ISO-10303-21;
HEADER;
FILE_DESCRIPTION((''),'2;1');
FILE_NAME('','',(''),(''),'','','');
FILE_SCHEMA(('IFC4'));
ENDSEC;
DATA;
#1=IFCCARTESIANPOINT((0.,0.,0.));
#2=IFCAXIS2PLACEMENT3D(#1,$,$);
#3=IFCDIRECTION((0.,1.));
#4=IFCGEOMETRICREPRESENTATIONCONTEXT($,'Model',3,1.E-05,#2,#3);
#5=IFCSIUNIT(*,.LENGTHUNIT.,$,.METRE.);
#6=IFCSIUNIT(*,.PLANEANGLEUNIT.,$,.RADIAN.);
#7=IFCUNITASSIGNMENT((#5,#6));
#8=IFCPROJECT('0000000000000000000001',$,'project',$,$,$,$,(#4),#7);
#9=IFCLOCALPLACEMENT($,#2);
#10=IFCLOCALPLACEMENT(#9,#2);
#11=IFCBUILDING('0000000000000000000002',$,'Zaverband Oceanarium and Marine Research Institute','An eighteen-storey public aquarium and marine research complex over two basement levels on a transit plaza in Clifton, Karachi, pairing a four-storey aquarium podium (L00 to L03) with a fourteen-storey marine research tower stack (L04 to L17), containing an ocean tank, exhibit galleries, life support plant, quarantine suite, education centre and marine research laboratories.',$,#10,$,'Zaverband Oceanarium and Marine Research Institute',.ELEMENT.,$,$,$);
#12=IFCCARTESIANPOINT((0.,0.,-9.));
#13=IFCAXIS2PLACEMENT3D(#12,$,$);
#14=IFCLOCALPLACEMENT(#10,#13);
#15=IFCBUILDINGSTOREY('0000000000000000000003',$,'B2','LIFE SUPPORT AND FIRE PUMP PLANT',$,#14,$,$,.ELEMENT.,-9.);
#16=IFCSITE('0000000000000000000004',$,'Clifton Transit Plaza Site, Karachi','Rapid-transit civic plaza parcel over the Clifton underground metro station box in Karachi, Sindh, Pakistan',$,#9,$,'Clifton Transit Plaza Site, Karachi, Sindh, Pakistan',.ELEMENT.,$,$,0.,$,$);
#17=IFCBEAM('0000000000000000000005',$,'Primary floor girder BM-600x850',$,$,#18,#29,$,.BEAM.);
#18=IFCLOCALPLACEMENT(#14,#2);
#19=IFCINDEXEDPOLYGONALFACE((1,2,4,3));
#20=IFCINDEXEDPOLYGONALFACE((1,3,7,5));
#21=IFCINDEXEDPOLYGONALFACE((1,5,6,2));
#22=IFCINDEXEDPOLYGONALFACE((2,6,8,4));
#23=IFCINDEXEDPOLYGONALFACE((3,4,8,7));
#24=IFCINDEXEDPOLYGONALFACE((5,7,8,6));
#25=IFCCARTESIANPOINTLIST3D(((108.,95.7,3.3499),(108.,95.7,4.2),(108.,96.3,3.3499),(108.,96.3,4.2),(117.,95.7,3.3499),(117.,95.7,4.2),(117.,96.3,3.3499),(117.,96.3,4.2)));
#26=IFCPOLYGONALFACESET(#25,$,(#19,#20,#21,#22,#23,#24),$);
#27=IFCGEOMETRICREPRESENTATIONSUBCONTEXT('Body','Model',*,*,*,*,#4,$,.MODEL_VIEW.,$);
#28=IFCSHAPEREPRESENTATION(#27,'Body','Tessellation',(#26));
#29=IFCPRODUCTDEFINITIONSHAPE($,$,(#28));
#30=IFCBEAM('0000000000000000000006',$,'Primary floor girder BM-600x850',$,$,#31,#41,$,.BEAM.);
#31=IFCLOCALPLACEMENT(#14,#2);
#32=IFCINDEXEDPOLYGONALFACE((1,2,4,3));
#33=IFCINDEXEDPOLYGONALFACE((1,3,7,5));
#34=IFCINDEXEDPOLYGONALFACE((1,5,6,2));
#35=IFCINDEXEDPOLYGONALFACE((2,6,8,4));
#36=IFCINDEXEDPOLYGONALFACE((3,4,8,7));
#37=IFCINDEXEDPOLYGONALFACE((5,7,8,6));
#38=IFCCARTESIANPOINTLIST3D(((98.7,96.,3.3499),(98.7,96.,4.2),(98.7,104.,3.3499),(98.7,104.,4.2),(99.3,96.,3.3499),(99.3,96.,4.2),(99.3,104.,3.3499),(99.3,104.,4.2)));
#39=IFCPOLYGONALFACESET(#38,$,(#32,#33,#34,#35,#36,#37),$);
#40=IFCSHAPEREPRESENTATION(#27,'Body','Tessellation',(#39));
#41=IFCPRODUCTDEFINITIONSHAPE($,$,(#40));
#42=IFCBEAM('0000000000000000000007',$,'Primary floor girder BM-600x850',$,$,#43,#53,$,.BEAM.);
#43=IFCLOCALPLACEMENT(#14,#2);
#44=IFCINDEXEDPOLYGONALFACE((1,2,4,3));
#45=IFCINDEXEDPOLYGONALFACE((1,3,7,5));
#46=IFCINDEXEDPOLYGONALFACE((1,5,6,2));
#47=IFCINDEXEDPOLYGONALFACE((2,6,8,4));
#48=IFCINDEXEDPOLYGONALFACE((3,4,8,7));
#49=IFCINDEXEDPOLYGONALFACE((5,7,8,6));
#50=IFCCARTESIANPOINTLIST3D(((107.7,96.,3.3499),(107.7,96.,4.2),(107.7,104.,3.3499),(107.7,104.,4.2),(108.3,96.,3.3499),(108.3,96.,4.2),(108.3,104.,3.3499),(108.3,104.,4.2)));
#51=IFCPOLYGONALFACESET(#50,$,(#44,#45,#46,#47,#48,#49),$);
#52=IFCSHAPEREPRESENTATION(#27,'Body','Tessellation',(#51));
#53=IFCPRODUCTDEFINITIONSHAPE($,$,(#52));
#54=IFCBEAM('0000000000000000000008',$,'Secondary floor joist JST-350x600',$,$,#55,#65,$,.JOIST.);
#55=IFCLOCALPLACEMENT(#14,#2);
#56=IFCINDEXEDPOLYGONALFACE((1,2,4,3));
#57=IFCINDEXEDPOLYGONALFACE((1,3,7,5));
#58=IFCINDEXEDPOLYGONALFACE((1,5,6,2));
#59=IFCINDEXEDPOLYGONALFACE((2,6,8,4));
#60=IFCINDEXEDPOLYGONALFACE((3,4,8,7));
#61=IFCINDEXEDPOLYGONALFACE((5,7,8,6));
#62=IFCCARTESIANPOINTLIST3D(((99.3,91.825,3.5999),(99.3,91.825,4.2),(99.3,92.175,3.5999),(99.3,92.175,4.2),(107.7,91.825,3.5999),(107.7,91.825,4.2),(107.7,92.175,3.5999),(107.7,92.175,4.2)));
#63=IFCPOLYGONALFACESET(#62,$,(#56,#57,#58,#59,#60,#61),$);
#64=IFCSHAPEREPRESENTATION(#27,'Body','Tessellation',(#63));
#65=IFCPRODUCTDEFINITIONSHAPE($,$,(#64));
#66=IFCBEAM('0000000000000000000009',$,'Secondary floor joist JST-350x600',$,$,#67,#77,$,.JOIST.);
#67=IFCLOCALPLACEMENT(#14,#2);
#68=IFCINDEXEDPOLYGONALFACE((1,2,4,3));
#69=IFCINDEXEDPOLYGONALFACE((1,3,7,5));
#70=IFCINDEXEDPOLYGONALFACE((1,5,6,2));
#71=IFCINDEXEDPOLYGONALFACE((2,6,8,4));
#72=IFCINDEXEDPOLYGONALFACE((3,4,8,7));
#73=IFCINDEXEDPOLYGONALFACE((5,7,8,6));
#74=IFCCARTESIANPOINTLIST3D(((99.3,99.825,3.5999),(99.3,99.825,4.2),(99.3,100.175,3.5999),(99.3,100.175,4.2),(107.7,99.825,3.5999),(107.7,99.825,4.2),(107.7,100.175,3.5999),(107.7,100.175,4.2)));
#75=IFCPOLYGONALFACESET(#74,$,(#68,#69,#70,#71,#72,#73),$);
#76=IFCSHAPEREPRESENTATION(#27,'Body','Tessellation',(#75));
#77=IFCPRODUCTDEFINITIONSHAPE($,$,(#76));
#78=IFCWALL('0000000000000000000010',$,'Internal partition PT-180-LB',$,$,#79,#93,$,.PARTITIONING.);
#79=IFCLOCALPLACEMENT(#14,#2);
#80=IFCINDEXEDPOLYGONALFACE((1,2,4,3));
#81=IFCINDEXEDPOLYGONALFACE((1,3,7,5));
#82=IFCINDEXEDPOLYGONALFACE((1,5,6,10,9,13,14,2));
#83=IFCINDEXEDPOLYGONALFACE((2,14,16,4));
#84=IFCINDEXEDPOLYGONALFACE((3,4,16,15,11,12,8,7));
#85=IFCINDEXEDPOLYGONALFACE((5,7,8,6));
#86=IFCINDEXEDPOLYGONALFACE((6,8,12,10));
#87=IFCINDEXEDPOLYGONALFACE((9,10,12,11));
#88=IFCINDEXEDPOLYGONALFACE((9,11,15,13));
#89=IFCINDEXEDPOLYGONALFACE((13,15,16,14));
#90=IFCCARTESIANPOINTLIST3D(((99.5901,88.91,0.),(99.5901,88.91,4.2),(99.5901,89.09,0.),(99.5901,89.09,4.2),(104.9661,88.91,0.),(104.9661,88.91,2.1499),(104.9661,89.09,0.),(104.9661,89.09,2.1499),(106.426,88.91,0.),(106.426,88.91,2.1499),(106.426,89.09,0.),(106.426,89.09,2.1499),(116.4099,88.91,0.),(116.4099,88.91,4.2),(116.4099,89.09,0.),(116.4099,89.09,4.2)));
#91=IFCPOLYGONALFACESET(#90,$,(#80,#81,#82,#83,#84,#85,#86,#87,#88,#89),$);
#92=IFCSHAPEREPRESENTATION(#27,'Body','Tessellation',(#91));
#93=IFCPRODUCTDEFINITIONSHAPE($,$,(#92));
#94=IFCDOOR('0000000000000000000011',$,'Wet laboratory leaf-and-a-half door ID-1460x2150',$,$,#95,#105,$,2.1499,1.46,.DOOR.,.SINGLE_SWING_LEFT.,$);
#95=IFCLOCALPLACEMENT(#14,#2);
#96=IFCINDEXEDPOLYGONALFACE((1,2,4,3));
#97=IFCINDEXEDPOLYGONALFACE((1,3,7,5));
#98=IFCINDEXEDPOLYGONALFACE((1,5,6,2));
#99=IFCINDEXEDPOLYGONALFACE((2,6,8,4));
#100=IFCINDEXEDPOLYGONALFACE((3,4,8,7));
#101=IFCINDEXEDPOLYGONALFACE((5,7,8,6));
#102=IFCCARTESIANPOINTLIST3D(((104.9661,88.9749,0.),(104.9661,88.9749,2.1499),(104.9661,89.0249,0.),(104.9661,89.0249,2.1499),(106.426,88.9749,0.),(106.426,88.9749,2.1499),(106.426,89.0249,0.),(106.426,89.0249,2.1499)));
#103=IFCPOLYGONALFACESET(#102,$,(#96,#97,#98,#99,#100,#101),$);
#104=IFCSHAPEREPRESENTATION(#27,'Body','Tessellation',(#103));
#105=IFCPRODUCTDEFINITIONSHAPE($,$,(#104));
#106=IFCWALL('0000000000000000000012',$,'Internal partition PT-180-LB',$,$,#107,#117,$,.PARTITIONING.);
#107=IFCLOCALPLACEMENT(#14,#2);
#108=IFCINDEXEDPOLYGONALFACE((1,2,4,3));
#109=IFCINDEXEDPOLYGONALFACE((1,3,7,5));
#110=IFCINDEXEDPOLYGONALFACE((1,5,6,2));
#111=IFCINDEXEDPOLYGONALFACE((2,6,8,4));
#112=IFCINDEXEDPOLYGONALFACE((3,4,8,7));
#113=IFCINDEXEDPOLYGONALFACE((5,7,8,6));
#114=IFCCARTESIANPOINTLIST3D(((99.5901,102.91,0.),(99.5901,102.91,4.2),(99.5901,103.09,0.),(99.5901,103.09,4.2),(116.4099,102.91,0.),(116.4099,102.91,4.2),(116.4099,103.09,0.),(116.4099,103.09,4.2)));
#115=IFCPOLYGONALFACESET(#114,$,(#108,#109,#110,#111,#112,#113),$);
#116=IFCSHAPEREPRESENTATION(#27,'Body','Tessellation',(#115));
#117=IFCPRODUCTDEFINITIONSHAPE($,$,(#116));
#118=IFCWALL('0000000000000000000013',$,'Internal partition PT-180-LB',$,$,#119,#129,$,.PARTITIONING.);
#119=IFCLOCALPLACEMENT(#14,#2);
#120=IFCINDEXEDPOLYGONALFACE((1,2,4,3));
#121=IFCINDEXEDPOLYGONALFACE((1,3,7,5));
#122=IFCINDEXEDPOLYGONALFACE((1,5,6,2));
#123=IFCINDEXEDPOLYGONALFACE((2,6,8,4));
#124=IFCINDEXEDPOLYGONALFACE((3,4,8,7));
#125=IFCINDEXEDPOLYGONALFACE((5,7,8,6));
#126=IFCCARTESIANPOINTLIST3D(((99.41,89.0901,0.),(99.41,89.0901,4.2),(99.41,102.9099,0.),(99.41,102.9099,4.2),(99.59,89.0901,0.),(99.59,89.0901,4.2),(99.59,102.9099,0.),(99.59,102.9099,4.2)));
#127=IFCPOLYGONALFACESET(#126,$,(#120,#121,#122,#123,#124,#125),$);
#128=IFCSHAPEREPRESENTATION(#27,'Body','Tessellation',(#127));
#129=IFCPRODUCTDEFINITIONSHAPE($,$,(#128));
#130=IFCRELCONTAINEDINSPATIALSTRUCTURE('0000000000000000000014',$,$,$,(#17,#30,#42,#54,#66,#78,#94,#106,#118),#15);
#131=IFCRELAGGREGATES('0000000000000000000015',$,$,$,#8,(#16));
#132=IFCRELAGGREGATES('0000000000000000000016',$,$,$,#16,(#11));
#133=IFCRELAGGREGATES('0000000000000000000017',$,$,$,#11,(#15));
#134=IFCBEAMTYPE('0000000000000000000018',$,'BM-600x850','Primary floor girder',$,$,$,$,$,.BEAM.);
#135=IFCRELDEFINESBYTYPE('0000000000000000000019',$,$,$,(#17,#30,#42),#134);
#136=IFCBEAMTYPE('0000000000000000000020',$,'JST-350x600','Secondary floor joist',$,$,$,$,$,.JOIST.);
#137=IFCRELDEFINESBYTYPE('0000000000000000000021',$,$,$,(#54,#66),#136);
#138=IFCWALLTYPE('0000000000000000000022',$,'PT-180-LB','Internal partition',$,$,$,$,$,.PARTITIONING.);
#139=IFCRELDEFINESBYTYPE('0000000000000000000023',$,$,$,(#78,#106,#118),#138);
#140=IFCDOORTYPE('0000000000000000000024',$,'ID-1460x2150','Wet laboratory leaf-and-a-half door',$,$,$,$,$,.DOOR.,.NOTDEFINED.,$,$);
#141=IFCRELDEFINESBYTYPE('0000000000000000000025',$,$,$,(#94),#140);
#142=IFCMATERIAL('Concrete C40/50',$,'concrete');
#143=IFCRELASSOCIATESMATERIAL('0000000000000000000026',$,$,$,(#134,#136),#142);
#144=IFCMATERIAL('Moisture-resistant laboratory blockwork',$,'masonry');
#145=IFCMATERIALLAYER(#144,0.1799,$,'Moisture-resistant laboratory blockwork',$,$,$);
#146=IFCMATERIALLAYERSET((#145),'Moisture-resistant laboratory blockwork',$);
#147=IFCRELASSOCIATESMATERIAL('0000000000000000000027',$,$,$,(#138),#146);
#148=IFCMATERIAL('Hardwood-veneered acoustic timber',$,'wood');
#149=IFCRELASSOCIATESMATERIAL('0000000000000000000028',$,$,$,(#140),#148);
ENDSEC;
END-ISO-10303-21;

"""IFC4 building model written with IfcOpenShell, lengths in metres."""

from ifc_helpers import new_model, si_unit, direction, frame, frame_2d, origin, origin_2d, place, context, subcontext, project, spatial, rectangle, extrude, material, layer, layer_set, material_profile, profile_set, type_object, element, fill, save


model = new_model("IFC4")

# Units and contexts
model_context = context("Model", 3, precision=1e-05, world=origin(), true_north=direction((0.0, 1.0)))
body_context = subcontext(model_context, "Body", "Model", "MODEL_VIEW")
ifc_project = project(units=[si_unit("LENGTHUNIT", "METRE"), si_unit("PLANEANGLEUNIT", "RADIAN")], contexts=[model_context])

# Site, building, storey
site_placement = place(None, origin())
site = spatial("IfcSite", under=ifc_project, at=site_placement, Name="Clifton Transit Plaza Site, Karachi", Description="Rapid-transit civic plaza parcel over the Clifton underground metro station box in Karachi, Sindh, Pakistan", LongName="Clifton Transit Plaza Site, Karachi, Sindh, Pakistan", CompositionType="ELEMENT", RefElevation=0.0)
building_placement = place(site_placement, origin())
building = spatial("IfcBuilding", under=site, at=building_placement, Name="Zaverband Oceanarium and Marine Research Institute", Description="An eighteen-storey public aquarium and marine research complex over two basement levels on a transit plaza in Clifton, Karachi, pairing a four-storey aquarium podium (L00 to L03) with a fourteen-storey marine research tower stack (L04 to L17), containing an ocean tank, exhibit galleries, life support plant, quarantine suite, education centre and marine research laboratories.", LongName="Zaverband Oceanarium and Marine Research Institute", CompositionType="ELEMENT")
storey_placement = place(building_placement, frame((0.0, 0.0, -9.0)))
storey = spatial("IfcBuildingStorey", under=building, at=storey_placement, Name="B2", Description="LIFE SUPPORT AND FIRE PUMP PLANT", CompositionType="ELEMENT", Elevation=-9.0)

# Beams
ifc_material_1 = material(Name="Concrete C40/50", Category="concrete")
ifc_material_profile_1 = material_profile(ifc_material_1, rectangle(XDim=0.6001, YDim=0.8501, at=origin_2d()), Name="RC600x850")
ifc_profile_set_1 = profile_set([ifc_material_profile_1], Name="Concrete C40/50")
beam_type_1 = type_object("IfcBeamType", Name="BM-600x850", Description="Primary floor girder", PredefinedType="BEAM", material=ifc_profile_set_1)
for number, where, z_axis, x_axis, name in (
    (1, (108.0, 96.0, 3.7749), (1.0, 0.0, 0.0), (0.0, 1.0, 0.0), "Primary floor girder BM-600x850"),
):
    element("IfcBeam", number, at=place(storey_placement, frame(where, z_axis=z_axis, x_axis=x_axis)), inside=storey, type_object=beam_type_1, Name=name, PredefinedType="BEAM", context=body_context, shape_type="SweptSolid", body=[
        extrude(rectangle(XDim=0.6001, YDim=0.8501, at=origin_2d()), origin(), (0.0, 0.0, 1.0), 9.0),
    ])
for number, where, z_axis, x_axis, name in (
    (2, (99.0, 96.0, 3.7749), (0.0, 1.0, 0.0), (-1.0, 0.0, 0.0), "Primary floor girder BM-600x850"),
    (3, (108.0, 96.0, 3.7749), (0.0, 1.0, 0.0), (-1.0, 0.0, 0.0), "Primary floor girder BM-600x850"),
):
    element("IfcBeam", number, at=place(storey_placement, frame(where, z_axis=z_axis, x_axis=x_axis)), inside=storey, type_object=beam_type_1, Name=name, PredefinedType="BEAM", context=body_context, shape_type="SweptSolid", body=[
        extrude(rectangle(XDim=0.6001, YDim=0.8501, at=origin_2d()), origin(), (0.0, 0.0, 1.0), 8.0),
    ])
ifc_material_profile_2 = material_profile(ifc_material_1, rectangle(XDim=0.3501, YDim=0.6001, at=origin_2d()), Name="RC350x600")
ifc_profile_set_2 = profile_set([ifc_material_profile_2], Name="Concrete C40/50")
beam_type_2 = type_object("IfcBeamType", Name="JST-350x600", Description="Secondary floor joist", PredefinedType="JOIST", material=ifc_profile_set_2)
for number, where, z_axis, x_axis, name in (
    (4, (99.3, 92.0, 3.8999), (1.0, 0.0, 0.0), (0.0, 1.0, 0.0), "Secondary floor joist JST-350x600"),
    (5, (99.3, 100.0, 3.8999), (1.0, 0.0, 0.0), (0.0, 1.0, 0.0), "Secondary floor joist JST-350x600"),
):
    element("IfcBeam", number, at=place(storey_placement, frame(where, z_axis=z_axis, x_axis=x_axis)), inside=storey, type_object=beam_type_2, Name=name, PredefinedType="JOIST", context=body_context, shape_type="SweptSolid", body=[
        extrude(rectangle(XDim=0.3501, YDim=0.6001, at=origin_2d()), origin(), (0.0, 0.0, 1.0), 8.3999),
    ])

# Wall, opening, door
ifc_material_2 = material(Name="Moisture-resistant laboratory blockwork", Category="masonry")
ifc_layer_1 = layer(ifc_material_2, 0.1799, Name="Moisture-resistant laboratory blockwork")
ifc_layer_set_1 = layer_set([ifc_layer_1], Name="Moisture-resistant laboratory blockwork")
wall_type = type_object("IfcWallType", Name="PT-180-LB", Description="Internal partition", PredefinedType="PARTITIONING", material=ifc_layer_set_1)
wall_1_placement = place(storey_placement, frame((99.5901, 89.0, 0.0), z_axis=(0.0, 0.0, 1.0), x_axis=(1.0, 0.0, 0.0)))
wall_1 = element("IfcWall", 6, at=wall_1_placement, inside=storey, type_object=wall_type, Name="Internal partition PT-180-LB", PredefinedType="PARTITIONING", context=body_context, shape_type="SweptSolid", body=[
    extrude(rectangle(XDim=16.8198, YDim=0.1799, at=frame_2d((8.4099, 0.0))), origin(), (0.0, 0.0, 1.0), 4.2),
])
opening_placement = place(wall_1_placement, frame((5.376, 0.0, 0.0)))
opening = element("IfcOpeningElement", 7, at=opening_placement, cuts=wall_1, PredefinedType="OPENING", context=body_context, shape_type="SweptSolid", body=[
    extrude(rectangle(XDim=1.46, YDim=2.1499, at=frame_2d((0.73, 1.075))), frame((0.0, 0.1021, 0.0), z_axis=(0.0, -1.0, 0.0), x_axis=(1.0, 0.0, 0.0)), (0.0, 0.0, 1.0), 0.2039),
])
ifc_material_3 = material(Name="Hardwood-veneered acoustic timber", Category="wood")
door_type = type_object("IfcDoorType", Name="ID-1460x2150", Description="Wet laboratory leaf-and-a-half door", OperationType="NOTDEFINED", PredefinedType="DOOR", material=ifc_material_3)
door_placement = place(opening_placement, origin())
door = element("IfcDoor", 8, at=door_placement, inside=storey, type_object=door_type, Name="Wet laboratory leaf-and-a-half door ID-1460x2150", OperationType="SINGLE_SWING_LEFT", OverallHeight=2.1499, OverallWidth=1.46, PredefinedType="DOOR", context=body_context, shape_type="SweptSolid", body=[
    extrude(rectangle(XDim=1.46, YDim=2.1499, at=frame_2d((0.73, 1.075))), frame((0.0, 0.0249, 0.0), z_axis=(0.0, -1.0, 0.0), x_axis=(1.0, 0.0, 0.0)), (0.0, 0.0, 1.0), 0.05),
])
fill(opening, door)

# Walls
wall_2_placement = place(storey_placement, frame((99.5901, 103.0, 0.0), z_axis=(0.0, 0.0, 1.0), x_axis=(1.0, 0.0, 0.0)))
element("IfcWall", 9, at=wall_2_placement, inside=storey, type_object=wall_type, Name="Internal partition PT-180-LB", PredefinedType="PARTITIONING", context=body_context, shape_type="SweptSolid", body=[
    extrude(rectangle(XDim=16.8198, YDim=0.1799, at=frame_2d((8.4099, 0.0))), origin(), (0.0, 0.0, 1.0), 4.2),
])
wall_3_placement = place(storey_placement, frame((99.5, 89.0901, 0.0), z_axis=(0.0, 0.0, 1.0), x_axis=(0.0, 1.0, 0.0)))
element("IfcWall", 10, at=wall_3_placement, inside=storey, type_object=wall_type, Name="Internal partition PT-180-LB", PredefinedType="PARTITIONING", context=body_context, shape_type="SweptSolid", body=[
    extrude(rectangle(XDim=13.8198, YDim=0.1799, at=frame_2d((6.9099, 0.0))), origin(), (0.0, 0.0, 1.0), 4.2),
])

save(model, "model.ifc")
